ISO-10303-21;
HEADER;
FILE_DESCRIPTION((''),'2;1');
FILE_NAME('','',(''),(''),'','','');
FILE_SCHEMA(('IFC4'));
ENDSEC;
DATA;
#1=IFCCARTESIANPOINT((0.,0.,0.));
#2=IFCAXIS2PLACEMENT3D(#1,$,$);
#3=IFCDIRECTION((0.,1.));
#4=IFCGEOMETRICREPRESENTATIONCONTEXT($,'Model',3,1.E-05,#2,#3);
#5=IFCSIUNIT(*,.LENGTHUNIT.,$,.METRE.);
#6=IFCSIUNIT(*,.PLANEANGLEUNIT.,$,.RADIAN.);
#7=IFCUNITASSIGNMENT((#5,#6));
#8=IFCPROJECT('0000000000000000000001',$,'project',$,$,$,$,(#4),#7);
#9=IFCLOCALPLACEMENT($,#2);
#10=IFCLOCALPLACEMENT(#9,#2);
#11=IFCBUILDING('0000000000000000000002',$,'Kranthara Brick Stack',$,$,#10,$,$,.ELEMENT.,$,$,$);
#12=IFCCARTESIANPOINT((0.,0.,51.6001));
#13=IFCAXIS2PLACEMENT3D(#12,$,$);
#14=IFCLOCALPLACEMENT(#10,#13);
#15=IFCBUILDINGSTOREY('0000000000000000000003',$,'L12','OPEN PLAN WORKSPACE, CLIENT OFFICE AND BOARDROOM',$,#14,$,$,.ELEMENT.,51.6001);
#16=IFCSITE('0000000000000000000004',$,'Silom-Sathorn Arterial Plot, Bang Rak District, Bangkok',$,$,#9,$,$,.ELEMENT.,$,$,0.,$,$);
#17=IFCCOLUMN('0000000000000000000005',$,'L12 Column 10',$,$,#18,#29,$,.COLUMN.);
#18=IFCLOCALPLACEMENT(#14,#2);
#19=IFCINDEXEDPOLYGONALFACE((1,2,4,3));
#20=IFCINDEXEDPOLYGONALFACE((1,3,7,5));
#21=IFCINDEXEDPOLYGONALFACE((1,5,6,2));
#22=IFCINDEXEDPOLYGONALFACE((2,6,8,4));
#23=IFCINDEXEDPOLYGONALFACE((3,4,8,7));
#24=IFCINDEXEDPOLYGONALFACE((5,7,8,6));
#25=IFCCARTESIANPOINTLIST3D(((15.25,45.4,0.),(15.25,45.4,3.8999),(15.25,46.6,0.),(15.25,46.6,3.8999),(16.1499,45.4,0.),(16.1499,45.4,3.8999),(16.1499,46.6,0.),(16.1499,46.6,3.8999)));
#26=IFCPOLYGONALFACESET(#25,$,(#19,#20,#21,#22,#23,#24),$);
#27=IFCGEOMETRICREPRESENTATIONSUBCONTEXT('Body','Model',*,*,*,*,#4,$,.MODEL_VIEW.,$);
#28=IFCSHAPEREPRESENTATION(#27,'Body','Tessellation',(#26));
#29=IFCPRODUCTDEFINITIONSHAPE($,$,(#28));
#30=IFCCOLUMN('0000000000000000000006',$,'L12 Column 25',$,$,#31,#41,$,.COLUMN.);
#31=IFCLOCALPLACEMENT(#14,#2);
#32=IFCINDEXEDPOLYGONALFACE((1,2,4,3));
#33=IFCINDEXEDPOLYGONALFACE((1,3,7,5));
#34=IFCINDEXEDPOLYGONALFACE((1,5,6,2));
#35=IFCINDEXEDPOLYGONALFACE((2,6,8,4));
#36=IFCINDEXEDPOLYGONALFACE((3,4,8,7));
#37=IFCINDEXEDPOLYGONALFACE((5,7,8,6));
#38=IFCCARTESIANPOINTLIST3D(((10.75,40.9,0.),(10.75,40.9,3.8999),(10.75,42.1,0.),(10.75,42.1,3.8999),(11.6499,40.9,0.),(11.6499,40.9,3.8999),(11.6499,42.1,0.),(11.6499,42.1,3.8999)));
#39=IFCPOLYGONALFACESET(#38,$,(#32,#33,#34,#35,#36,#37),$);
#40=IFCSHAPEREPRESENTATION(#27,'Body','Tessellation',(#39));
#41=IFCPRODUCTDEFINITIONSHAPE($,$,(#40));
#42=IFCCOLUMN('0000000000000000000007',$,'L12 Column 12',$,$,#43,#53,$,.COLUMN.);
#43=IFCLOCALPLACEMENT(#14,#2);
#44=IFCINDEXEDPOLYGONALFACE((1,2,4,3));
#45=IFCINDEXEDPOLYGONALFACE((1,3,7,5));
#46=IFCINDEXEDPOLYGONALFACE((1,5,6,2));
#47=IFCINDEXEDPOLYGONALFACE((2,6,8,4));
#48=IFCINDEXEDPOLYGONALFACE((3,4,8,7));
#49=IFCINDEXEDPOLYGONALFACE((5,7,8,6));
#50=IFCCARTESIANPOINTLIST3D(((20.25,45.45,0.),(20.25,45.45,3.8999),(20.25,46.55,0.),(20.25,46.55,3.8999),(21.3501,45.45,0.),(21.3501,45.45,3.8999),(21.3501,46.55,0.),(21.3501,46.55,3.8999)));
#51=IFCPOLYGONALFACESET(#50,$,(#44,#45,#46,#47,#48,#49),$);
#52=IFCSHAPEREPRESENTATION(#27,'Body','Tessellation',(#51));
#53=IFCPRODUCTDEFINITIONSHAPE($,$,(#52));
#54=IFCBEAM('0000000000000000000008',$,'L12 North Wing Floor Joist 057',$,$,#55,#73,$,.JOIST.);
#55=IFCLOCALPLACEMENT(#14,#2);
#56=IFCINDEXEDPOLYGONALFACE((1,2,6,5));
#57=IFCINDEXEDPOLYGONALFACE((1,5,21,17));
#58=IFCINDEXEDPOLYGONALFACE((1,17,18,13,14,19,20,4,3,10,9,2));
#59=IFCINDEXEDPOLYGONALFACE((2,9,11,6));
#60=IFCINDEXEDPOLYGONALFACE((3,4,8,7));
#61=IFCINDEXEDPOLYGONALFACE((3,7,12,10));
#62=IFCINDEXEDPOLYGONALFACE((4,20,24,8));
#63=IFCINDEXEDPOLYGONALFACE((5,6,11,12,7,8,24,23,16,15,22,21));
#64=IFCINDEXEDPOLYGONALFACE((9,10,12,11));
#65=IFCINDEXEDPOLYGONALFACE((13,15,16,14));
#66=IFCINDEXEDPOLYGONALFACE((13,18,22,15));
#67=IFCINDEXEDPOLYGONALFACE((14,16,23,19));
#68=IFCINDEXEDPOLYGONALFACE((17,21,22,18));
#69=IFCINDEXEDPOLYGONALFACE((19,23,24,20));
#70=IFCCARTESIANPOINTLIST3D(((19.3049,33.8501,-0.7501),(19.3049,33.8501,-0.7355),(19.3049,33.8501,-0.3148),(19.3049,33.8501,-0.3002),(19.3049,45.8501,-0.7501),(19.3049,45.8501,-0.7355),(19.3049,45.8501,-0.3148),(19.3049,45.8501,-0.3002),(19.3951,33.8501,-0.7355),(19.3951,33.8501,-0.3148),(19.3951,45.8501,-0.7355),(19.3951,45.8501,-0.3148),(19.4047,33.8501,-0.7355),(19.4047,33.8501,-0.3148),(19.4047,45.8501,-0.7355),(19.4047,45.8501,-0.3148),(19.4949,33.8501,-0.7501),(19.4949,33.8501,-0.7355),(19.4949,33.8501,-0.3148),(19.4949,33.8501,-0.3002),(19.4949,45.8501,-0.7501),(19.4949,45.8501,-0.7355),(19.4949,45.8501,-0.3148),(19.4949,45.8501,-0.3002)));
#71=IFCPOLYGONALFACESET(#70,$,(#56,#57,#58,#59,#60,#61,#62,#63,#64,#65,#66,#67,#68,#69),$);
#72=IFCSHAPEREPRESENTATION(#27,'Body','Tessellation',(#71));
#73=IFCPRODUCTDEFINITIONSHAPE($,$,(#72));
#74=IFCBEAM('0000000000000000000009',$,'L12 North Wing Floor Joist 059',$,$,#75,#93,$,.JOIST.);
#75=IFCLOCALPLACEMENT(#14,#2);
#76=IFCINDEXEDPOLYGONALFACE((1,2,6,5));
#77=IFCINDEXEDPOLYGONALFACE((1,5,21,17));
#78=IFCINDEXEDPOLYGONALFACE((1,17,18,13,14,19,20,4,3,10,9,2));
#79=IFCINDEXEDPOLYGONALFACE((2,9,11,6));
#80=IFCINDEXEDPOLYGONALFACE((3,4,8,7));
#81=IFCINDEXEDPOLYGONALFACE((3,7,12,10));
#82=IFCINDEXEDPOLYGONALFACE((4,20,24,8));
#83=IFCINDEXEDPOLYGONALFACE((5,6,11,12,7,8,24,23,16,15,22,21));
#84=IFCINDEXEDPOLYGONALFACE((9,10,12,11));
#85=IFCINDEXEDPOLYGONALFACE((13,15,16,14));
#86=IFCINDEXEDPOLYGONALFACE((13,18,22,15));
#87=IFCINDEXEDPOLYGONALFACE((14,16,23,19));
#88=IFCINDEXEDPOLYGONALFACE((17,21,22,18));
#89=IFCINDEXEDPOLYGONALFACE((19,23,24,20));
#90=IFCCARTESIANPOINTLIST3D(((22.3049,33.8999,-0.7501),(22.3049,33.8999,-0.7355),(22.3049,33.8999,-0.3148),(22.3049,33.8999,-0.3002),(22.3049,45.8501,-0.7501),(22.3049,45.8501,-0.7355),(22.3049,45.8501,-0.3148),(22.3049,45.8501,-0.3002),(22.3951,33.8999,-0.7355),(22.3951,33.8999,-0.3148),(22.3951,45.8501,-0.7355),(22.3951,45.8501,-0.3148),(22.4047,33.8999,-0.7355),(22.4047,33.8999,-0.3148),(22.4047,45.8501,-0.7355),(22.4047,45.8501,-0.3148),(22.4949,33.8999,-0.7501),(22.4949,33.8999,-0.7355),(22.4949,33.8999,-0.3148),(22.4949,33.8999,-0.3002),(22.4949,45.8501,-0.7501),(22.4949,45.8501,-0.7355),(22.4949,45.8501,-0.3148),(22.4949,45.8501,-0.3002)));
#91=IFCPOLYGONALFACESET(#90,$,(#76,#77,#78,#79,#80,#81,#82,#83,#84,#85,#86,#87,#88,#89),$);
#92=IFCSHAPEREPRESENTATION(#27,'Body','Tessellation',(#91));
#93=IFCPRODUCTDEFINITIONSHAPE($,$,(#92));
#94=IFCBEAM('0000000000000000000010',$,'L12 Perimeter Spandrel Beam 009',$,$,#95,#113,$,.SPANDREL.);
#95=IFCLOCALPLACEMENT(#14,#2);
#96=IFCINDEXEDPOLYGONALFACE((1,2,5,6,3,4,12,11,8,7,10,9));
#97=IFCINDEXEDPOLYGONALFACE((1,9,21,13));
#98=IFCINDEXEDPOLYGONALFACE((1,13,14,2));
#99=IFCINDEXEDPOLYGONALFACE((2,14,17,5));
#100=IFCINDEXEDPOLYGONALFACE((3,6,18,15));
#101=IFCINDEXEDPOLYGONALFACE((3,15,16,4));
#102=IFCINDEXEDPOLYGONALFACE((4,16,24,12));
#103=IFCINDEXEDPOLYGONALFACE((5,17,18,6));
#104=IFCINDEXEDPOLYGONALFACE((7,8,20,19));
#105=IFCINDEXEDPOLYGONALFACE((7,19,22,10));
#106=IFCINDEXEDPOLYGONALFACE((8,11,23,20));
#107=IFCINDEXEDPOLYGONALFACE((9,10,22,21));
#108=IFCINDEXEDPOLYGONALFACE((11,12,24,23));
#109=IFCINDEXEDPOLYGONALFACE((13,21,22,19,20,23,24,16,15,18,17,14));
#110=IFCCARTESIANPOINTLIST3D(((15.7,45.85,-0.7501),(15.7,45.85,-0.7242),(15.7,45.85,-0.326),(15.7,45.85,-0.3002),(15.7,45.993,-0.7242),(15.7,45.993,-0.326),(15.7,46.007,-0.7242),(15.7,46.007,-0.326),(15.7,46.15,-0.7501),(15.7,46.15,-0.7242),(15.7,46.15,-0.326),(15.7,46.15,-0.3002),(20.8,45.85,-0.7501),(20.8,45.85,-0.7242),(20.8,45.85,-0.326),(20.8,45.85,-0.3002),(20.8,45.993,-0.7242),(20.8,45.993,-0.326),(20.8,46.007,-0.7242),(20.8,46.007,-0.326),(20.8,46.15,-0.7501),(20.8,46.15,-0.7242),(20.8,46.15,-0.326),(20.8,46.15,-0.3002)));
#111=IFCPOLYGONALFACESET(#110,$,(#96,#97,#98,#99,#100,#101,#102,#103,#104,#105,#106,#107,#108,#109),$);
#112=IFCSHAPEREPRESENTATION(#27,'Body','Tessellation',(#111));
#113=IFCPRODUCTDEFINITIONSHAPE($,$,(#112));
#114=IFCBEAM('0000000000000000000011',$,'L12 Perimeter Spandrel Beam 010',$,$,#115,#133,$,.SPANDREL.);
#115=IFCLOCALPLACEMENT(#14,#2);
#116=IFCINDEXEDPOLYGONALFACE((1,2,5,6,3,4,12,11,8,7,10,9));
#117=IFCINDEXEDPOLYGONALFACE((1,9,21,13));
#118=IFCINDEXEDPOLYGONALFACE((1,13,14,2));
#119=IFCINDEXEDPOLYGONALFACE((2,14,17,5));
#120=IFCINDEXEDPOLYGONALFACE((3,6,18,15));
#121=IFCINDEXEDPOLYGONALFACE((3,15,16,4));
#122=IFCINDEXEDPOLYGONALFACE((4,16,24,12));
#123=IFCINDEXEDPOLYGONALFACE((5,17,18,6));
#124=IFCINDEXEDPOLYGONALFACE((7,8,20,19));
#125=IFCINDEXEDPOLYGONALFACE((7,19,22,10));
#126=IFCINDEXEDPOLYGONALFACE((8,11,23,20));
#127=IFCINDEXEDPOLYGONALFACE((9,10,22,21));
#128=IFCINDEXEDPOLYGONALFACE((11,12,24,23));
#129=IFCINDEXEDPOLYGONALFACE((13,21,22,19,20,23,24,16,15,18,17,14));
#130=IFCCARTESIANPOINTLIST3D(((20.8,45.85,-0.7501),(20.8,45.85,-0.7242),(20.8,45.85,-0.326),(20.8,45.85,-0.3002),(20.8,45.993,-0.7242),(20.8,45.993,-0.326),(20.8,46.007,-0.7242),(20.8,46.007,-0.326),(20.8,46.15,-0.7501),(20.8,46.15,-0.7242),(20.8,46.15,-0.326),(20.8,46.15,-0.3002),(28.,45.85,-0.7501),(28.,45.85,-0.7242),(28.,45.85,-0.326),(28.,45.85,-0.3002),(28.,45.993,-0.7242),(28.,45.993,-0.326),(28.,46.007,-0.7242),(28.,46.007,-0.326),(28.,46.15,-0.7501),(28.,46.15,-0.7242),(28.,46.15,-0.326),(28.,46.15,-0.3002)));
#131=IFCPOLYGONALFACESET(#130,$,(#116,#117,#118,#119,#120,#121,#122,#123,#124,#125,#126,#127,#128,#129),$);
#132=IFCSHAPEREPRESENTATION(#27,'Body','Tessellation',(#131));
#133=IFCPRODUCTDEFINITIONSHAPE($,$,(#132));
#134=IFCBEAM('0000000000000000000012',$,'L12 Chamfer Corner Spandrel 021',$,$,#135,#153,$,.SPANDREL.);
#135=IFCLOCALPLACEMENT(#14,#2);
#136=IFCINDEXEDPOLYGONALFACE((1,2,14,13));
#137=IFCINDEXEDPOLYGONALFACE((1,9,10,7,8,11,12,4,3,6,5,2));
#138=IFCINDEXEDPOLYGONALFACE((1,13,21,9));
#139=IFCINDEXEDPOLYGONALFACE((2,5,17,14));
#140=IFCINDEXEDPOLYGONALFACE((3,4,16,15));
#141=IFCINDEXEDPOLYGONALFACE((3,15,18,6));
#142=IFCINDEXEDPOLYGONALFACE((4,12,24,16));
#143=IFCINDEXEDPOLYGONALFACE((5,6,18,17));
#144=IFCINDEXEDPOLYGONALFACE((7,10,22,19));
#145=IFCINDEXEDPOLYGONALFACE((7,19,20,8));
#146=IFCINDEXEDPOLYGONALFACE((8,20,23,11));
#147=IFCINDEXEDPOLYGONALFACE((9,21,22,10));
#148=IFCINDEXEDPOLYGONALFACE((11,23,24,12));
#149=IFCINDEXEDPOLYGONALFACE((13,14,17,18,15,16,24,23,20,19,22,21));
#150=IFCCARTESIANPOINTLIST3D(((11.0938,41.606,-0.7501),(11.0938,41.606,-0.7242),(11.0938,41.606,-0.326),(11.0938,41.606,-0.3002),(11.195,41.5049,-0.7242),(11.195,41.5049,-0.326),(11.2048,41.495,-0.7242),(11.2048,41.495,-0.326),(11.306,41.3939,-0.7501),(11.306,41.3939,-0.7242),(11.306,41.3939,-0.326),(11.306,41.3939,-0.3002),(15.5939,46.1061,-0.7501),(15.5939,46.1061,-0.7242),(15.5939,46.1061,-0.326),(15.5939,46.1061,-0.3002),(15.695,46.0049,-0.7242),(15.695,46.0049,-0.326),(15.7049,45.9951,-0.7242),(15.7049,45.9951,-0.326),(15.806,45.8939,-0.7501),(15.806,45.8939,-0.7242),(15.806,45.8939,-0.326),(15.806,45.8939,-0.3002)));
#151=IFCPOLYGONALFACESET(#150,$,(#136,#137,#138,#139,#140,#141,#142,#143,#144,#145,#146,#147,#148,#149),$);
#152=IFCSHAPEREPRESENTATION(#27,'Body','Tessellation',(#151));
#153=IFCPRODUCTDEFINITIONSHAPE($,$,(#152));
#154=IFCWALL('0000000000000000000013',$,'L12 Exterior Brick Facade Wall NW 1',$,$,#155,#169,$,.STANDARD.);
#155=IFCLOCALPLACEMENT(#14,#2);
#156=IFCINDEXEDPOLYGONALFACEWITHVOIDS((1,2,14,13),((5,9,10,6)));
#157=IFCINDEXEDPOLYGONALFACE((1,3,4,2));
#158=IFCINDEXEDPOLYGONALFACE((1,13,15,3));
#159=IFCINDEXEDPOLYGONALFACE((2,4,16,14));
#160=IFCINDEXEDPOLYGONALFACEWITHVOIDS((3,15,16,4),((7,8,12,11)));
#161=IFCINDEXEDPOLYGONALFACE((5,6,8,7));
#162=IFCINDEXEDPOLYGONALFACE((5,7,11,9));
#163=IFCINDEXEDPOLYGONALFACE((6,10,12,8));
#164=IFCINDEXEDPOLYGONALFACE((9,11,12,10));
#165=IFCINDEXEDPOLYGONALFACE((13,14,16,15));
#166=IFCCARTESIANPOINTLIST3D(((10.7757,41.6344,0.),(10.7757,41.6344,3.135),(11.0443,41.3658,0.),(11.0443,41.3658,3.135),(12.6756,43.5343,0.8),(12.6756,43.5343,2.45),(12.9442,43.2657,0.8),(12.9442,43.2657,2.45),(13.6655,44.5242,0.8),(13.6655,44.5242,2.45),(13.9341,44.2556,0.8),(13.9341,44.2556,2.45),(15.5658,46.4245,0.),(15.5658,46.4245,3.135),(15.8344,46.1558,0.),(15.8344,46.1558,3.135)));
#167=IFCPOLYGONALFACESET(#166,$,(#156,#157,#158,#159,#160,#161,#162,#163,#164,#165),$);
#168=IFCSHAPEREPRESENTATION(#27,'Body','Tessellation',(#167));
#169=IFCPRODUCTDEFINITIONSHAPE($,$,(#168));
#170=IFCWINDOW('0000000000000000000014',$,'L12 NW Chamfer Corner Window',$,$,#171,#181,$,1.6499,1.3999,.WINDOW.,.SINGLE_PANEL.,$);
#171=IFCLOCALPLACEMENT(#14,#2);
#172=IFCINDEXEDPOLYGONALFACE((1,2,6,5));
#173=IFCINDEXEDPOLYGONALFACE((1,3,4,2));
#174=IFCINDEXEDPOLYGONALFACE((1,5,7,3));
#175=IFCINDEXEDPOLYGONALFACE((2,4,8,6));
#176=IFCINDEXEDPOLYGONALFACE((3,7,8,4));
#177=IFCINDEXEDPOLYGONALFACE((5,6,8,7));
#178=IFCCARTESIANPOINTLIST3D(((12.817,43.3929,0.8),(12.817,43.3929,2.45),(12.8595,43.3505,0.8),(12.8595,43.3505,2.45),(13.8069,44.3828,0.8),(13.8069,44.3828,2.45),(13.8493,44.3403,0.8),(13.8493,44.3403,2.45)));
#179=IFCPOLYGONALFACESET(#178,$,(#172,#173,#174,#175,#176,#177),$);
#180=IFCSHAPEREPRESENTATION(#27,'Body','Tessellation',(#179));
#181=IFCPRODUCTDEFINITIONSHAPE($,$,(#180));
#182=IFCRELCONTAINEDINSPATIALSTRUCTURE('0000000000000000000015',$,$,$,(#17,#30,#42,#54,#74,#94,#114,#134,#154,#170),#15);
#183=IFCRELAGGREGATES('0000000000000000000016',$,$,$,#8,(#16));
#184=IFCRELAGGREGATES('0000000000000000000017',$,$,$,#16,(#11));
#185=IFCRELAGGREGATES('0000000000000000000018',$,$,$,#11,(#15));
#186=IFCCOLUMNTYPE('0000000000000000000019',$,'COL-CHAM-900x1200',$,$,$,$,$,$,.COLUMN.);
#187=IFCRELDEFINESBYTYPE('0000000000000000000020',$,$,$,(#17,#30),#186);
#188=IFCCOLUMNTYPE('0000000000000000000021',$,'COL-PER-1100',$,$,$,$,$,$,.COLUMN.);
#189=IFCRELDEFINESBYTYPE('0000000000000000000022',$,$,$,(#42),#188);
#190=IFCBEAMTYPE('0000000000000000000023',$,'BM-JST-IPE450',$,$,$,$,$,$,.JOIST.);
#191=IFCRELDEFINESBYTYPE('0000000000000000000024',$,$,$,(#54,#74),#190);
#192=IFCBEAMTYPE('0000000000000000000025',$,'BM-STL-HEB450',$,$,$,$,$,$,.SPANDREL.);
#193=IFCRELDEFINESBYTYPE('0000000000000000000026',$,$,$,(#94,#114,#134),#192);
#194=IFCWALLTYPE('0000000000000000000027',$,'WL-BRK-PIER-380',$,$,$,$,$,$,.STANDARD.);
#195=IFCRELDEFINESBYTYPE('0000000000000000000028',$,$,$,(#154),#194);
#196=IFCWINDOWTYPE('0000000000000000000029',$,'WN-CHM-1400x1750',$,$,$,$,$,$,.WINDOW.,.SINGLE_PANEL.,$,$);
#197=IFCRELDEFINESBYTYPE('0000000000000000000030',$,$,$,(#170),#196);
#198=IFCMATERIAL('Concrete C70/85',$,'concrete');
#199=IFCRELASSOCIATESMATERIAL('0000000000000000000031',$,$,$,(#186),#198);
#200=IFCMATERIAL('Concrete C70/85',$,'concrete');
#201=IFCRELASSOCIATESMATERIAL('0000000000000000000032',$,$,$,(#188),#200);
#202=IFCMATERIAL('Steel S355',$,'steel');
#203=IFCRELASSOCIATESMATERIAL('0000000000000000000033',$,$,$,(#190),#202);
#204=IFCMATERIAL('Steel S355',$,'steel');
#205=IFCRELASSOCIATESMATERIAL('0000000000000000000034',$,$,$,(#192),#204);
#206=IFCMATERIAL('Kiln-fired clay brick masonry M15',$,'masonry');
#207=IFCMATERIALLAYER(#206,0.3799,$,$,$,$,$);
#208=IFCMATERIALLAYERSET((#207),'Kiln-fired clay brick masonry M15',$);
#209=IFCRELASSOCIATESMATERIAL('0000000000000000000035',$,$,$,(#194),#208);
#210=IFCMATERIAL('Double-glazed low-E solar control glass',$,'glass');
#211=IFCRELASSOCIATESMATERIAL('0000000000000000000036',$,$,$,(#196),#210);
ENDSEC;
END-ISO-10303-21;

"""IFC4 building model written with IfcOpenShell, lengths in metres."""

from ifc_helpers import new_model, si_unit, direction, frame, frame_2d, origin, origin_2d, place, context, subcontext, project, spatial, rectangle, i_section, extrude, material, layer, layer_set, material_profile, profile_set, type_object, element, fill, save


model = new_model("IFC4")

# Units and contexts
model_context = context("Model", 3, precision=1e-05, world=origin(), true_north=direction((0.0, 1.0)))
body_context = subcontext(model_context, "Body", "Model", "MODEL_VIEW")
ifc_project = project(units=[si_unit("LENGTHUNIT", "METRE"), si_unit("PLANEANGLEUNIT", "RADIAN")], contexts=[model_context])

# Site, building, storey
site_placement = place(None, origin())
site = spatial("IfcSite", under=ifc_project, at=site_placement, Name="Silom-Sathorn Arterial Plot, Bang Rak District, Bangkok", CompositionType="ELEMENT", RefElevation=0.0)
building_placement = place(site_placement, origin())
building = spatial("IfcBuilding", under=site, at=building_placement, Name="Kranthara Brick Stack", CompositionType="ELEMENT")
storey_placement = place(building_placement, frame((0.0, 0.0, 51.6001)))
storey = spatial("IfcBuildingStorey", under=building, at=storey_placement, Name="L12", Description="OPEN PLAN WORKSPACE, CLIENT OFFICE AND BOARDROOM", CompositionType="ELEMENT", Elevation=51.6001)

# Columns
ifc_material_1 = material(Name="Concrete C70/85", Category="concrete")
ifc_material_profile_1 = material_profile(ifc_material_1, rectangle(XDim=0.8999, YDim=1.2, at=origin_2d()), Name="RC 900x1200")
ifc_profile_set_1 = profile_set([ifc_material_profile_1], Name="Concrete C70/85")
column_type_1 = type_object("IfcColumnType", Name="COL-CHAM-900x1200", PredefinedType="COLUMN", material=ifc_profile_set_1)
for number, where, z_axis, x_axis, name in (
    (1, (15.7, 46.0, 0.0), (0.0, 0.0, 1.0), (1.0, 0.0, 0.0), "L12 Column 10"),
    (2, (11.2, 41.5, 0.0), (0.0, 0.0, 1.0), (1.0, 0.0, 0.0), "L12 Column 25"),
):
    element("IfcColumn", number, at=place(storey_placement, frame(where, z_axis=z_axis, x_axis=x_axis)), inside=storey, type_object=column_type_1, Name=name, PredefinedType="COLUMN", context=body_context, shape_type="SweptSolid", body=[
        extrude(rectangle(XDim=0.8999, YDim=1.2, at=origin_2d()), origin(), (0.0, 0.0, 1.0), 3.8999),
    ])
ifc_material_2 = material(Name="Concrete C70/85", Category="concrete")
ifc_material_profile_2 = material_profile(ifc_material_2, rectangle(XDim=1.1001, YDim=1.1001, at=origin_2d()), Name="RC 1100x1100")
ifc_profile_set_2 = profile_set([ifc_material_profile_2], Name="Concrete C70/85")
column_type_2 = type_object("IfcColumnType", Name="COL-PER-1100", PredefinedType="COLUMN", material=ifc_profile_set_2)
column_placement = place(storey_placement, frame((20.8, 46.0, 0.0), z_axis=(0.0, 0.0, 1.0), x_axis=(1.0, 0.0, 0.0)))
element("IfcColumn", 3, at=column_placement, inside=storey, type_object=column_type_2, Name="L12 Column 12", PredefinedType="COLUMN", context=body_context, shape_type="SweptSolid", body=[
    extrude(rectangle(XDim=1.1001, YDim=1.1001, at=origin_2d()), origin(), (0.0, 0.0, 1.0), 3.8999),
])

# Beams
ifc_material_3 = material(Name="Steel S355", Category="steel")
ifc_material_profile_3 = material_profile(ifc_material_3, i_section(OverallWidth=0.1899, OverallDepth=0.45, WebThickness=0.0095, FlangeThickness=0.0146, at=origin_2d()), Name="IPE 450")
ifc_profile_set_3 = profile_set([ifc_material_profile_3], Name="Steel S355")
beam_type_1 = type_object("IfcBeamType", Name="BM-JST-IPE450", PredefinedType="JOIST", material=ifc_profile_set_3)
beam_1_placement = place(storey_placement, frame((19.3999, 33.8501, -0.5251), z_axis=(0.0, 1.0, 0.0), x_axis=(-1.0, 0.0, 0.0)))
element("IfcBeam", 4, at=beam_1_placement, inside=storey, type_object=beam_type_1, Name="L12 North Wing Floor Joist 057", PredefinedType="JOIST", context=body_context, shape_type="SweptSolid", body=[
    extrude(i_section(OverallWidth=0.1899, OverallDepth=0.45, WebThickness=0.0095, FlangeThickness=0.0146, at=origin_2d()), origin(), (0.0, 0.0, 1.0), 12.0),
])
beam_2_placement = place(storey_placement, frame((22.3999, 33.8999, -0.5251), z_axis=(0.0, 1.0, 0.0), x_axis=(-1.0, 0.0, 0.0)))
element("IfcBeam", 5, at=beam_2_placement, inside=storey, type_object=beam_type_1, Name="L12 North Wing Floor Joist 059", PredefinedType="JOIST", context=body_context, shape_type="SweptSolid", body=[
    extrude(i_section(OverallWidth=0.1899, OverallDepth=0.45, WebThickness=0.0095, FlangeThickness=0.0146, at=origin_2d()), origin(), (0.0, 0.0, 1.0), 11.9502),
])
ifc_material_4 = material(Name="Steel S355", Category="steel")
ifc_material_profile_4 = material_profile(ifc_material_4, i_section(OverallWidth=0.3, OverallDepth=0.45, WebThickness=0.0139, FlangeThickness=0.0259, at=origin_2d()), Name="HEB 450")
ifc_profile_set_4 = profile_set([ifc_material_profile_4], Name="Steel S355")
beam_type_2 = type_object("IfcBeamType", Name="BM-STL-HEB450", PredefinedType="SPANDREL", material=ifc_profile_set_4)
beam_3_placement = place(storey_placement, frame((15.7, 46.0, -0.5251), z_axis=(1.0, 0.0, 0.0), x_axis=(0.0, 1.0, 0.0)))
element("IfcBeam", 6, at=beam_3_placement, inside=storey, type_object=beam_type_2, Name="L12 Perimeter Spandrel Beam 009", PredefinedType="SPANDREL", context=body_context, shape_type="SweptSolid", body=[
    extrude(i_section(OverallWidth=0.3, OverallDepth=0.45, WebThickness=0.0139, FlangeThickness=0.0259, at=origin_2d()), origin(), (0.0, 0.0, 1.0), 5.1001),
])
beam_4_placement = place(storey_placement, frame((20.8, 46.0, -0.5251), z_axis=(1.0, 0.0, 0.0), x_axis=(0.0, 1.0, 0.0)))
element("IfcBeam", 7, at=beam_4_placement, inside=storey, type_object=beam_type_2, Name="L12 Perimeter Spandrel Beam 010", PredefinedType="SPANDREL", context=body_context, shape_type="SweptSolid", body=[
    extrude(i_section(OverallWidth=0.3, OverallDepth=0.45, WebThickness=0.0139, FlangeThickness=0.0259, at=origin_2d()), origin(), (0.0, 0.0, 1.0), 7.2),
])
beam_5_placement = place(storey_placement, frame((15.7, 46.0, -0.5251), z_axis=(-0.707107, -0.707107, 0.0), x_axis=(0.707107, -0.707107, 0.0)))
element("IfcBeam", 8, at=beam_5_placement, inside=storey, type_object=beam_type_2, Name="L12 Chamfer Corner Spandrel 021", PredefinedType="SPANDREL", context=body_context, shape_type="SweptSolid", body=[
    extrude(i_section(OverallWidth=0.3, OverallDepth=0.45, WebThickness=0.0139, FlangeThickness=0.0259, at=origin_2d()), origin(), (0.0, 0.0, 1.0), 6.364),
])

# Wall, opening, window
ifc_material_5 = material(Name="Kiln-fired clay brick masonry M15", Category="masonry")
ifc_layer_1 = layer(ifc_material_5, 0.3799)
ifc_layer_set_1 = layer_set([ifc_layer_1], Name="Kiln-fired clay brick masonry M15")
wall_type_1 = type_object("IfcWallType", Name="WL-BRK-PIER-380", PredefinedType="STANDARD", material=ifc_layer_set_1)
wall_1_placement = place(storey_placement, frame((10.9099, 41.5, 0.0), z_axis=(0.0, 0.0, 1.0), x_axis=(0.707107, 0.707107, 0.0)))
wall_1 = element("IfcWall", 9, at=wall_1_placement, inside=storey, type_object=wall_type_1, Name="L12 Exterior Brick Facade Wall NW 1", PredefinedType="STANDARD", context=body_context, shape_type="SweptSolid", body=[
    extrude(rectangle(XDim=6.7742, YDim=0.3799, at=frame_2d((3.3872, 0.0))), origin(), (0.0, 0.0, 1.0), 3.135),
])
opening_1_placement = place(wall_1_placement, frame((2.687, 0.0, 0.8)))
opening_1 = element("IfcOpeningElement", 10, at=opening_1_placement, cuts=wall_1, PredefinedType="OPENING", context=body_context, shape_type="SweptSolid", body=[
    extrude(rectangle(XDim=1.3999, YDim=1.6499, at=frame_2d((0.7, 0.825))), frame((0.0, 0.2, 0.0), z_axis=(0.0, -1.0, 0.0), x_axis=(1.0, 0.0, 0.0)), (0.0, 0.0, 1.0), 0.3999),
])
ifc_material_6 = material(Name="Double-glazed low-E solar control glass", Category="glass")
window_type_1 = type_object("IfcWindowType", Name="WN-CHM-1400x1750", PartitioningType="SINGLE_PANEL", PredefinedType="WINDOW", material=ifc_material_6)
window_1_placement = place(opening_1_placement, origin())
window_1 = element("IfcWindow", 11, at=window_1_placement, inside=storey, type_object=window_type_1, Name="L12 NW Chamfer Corner Window", OverallHeight=1.6499, OverallWidth=1.3999, PartitioningType="SINGLE_PANEL", PredefinedType="WINDOW", context=body_context, shape_type="SweptSolid", body=[
    extrude(rectangle(XDim=1.3999, YDim=1.6499, at=frame_2d((0.7, 0.825))), frame((0.0, -0.01, 0.0), z_axis=(0.0, -1.0, 0.0), x_axis=(1.0, 0.0, 0.0)), (0.0, 0.0, 1.0), 0.0601),
])
fill(opening_1, window_1)

save(model, "model.ifc")
